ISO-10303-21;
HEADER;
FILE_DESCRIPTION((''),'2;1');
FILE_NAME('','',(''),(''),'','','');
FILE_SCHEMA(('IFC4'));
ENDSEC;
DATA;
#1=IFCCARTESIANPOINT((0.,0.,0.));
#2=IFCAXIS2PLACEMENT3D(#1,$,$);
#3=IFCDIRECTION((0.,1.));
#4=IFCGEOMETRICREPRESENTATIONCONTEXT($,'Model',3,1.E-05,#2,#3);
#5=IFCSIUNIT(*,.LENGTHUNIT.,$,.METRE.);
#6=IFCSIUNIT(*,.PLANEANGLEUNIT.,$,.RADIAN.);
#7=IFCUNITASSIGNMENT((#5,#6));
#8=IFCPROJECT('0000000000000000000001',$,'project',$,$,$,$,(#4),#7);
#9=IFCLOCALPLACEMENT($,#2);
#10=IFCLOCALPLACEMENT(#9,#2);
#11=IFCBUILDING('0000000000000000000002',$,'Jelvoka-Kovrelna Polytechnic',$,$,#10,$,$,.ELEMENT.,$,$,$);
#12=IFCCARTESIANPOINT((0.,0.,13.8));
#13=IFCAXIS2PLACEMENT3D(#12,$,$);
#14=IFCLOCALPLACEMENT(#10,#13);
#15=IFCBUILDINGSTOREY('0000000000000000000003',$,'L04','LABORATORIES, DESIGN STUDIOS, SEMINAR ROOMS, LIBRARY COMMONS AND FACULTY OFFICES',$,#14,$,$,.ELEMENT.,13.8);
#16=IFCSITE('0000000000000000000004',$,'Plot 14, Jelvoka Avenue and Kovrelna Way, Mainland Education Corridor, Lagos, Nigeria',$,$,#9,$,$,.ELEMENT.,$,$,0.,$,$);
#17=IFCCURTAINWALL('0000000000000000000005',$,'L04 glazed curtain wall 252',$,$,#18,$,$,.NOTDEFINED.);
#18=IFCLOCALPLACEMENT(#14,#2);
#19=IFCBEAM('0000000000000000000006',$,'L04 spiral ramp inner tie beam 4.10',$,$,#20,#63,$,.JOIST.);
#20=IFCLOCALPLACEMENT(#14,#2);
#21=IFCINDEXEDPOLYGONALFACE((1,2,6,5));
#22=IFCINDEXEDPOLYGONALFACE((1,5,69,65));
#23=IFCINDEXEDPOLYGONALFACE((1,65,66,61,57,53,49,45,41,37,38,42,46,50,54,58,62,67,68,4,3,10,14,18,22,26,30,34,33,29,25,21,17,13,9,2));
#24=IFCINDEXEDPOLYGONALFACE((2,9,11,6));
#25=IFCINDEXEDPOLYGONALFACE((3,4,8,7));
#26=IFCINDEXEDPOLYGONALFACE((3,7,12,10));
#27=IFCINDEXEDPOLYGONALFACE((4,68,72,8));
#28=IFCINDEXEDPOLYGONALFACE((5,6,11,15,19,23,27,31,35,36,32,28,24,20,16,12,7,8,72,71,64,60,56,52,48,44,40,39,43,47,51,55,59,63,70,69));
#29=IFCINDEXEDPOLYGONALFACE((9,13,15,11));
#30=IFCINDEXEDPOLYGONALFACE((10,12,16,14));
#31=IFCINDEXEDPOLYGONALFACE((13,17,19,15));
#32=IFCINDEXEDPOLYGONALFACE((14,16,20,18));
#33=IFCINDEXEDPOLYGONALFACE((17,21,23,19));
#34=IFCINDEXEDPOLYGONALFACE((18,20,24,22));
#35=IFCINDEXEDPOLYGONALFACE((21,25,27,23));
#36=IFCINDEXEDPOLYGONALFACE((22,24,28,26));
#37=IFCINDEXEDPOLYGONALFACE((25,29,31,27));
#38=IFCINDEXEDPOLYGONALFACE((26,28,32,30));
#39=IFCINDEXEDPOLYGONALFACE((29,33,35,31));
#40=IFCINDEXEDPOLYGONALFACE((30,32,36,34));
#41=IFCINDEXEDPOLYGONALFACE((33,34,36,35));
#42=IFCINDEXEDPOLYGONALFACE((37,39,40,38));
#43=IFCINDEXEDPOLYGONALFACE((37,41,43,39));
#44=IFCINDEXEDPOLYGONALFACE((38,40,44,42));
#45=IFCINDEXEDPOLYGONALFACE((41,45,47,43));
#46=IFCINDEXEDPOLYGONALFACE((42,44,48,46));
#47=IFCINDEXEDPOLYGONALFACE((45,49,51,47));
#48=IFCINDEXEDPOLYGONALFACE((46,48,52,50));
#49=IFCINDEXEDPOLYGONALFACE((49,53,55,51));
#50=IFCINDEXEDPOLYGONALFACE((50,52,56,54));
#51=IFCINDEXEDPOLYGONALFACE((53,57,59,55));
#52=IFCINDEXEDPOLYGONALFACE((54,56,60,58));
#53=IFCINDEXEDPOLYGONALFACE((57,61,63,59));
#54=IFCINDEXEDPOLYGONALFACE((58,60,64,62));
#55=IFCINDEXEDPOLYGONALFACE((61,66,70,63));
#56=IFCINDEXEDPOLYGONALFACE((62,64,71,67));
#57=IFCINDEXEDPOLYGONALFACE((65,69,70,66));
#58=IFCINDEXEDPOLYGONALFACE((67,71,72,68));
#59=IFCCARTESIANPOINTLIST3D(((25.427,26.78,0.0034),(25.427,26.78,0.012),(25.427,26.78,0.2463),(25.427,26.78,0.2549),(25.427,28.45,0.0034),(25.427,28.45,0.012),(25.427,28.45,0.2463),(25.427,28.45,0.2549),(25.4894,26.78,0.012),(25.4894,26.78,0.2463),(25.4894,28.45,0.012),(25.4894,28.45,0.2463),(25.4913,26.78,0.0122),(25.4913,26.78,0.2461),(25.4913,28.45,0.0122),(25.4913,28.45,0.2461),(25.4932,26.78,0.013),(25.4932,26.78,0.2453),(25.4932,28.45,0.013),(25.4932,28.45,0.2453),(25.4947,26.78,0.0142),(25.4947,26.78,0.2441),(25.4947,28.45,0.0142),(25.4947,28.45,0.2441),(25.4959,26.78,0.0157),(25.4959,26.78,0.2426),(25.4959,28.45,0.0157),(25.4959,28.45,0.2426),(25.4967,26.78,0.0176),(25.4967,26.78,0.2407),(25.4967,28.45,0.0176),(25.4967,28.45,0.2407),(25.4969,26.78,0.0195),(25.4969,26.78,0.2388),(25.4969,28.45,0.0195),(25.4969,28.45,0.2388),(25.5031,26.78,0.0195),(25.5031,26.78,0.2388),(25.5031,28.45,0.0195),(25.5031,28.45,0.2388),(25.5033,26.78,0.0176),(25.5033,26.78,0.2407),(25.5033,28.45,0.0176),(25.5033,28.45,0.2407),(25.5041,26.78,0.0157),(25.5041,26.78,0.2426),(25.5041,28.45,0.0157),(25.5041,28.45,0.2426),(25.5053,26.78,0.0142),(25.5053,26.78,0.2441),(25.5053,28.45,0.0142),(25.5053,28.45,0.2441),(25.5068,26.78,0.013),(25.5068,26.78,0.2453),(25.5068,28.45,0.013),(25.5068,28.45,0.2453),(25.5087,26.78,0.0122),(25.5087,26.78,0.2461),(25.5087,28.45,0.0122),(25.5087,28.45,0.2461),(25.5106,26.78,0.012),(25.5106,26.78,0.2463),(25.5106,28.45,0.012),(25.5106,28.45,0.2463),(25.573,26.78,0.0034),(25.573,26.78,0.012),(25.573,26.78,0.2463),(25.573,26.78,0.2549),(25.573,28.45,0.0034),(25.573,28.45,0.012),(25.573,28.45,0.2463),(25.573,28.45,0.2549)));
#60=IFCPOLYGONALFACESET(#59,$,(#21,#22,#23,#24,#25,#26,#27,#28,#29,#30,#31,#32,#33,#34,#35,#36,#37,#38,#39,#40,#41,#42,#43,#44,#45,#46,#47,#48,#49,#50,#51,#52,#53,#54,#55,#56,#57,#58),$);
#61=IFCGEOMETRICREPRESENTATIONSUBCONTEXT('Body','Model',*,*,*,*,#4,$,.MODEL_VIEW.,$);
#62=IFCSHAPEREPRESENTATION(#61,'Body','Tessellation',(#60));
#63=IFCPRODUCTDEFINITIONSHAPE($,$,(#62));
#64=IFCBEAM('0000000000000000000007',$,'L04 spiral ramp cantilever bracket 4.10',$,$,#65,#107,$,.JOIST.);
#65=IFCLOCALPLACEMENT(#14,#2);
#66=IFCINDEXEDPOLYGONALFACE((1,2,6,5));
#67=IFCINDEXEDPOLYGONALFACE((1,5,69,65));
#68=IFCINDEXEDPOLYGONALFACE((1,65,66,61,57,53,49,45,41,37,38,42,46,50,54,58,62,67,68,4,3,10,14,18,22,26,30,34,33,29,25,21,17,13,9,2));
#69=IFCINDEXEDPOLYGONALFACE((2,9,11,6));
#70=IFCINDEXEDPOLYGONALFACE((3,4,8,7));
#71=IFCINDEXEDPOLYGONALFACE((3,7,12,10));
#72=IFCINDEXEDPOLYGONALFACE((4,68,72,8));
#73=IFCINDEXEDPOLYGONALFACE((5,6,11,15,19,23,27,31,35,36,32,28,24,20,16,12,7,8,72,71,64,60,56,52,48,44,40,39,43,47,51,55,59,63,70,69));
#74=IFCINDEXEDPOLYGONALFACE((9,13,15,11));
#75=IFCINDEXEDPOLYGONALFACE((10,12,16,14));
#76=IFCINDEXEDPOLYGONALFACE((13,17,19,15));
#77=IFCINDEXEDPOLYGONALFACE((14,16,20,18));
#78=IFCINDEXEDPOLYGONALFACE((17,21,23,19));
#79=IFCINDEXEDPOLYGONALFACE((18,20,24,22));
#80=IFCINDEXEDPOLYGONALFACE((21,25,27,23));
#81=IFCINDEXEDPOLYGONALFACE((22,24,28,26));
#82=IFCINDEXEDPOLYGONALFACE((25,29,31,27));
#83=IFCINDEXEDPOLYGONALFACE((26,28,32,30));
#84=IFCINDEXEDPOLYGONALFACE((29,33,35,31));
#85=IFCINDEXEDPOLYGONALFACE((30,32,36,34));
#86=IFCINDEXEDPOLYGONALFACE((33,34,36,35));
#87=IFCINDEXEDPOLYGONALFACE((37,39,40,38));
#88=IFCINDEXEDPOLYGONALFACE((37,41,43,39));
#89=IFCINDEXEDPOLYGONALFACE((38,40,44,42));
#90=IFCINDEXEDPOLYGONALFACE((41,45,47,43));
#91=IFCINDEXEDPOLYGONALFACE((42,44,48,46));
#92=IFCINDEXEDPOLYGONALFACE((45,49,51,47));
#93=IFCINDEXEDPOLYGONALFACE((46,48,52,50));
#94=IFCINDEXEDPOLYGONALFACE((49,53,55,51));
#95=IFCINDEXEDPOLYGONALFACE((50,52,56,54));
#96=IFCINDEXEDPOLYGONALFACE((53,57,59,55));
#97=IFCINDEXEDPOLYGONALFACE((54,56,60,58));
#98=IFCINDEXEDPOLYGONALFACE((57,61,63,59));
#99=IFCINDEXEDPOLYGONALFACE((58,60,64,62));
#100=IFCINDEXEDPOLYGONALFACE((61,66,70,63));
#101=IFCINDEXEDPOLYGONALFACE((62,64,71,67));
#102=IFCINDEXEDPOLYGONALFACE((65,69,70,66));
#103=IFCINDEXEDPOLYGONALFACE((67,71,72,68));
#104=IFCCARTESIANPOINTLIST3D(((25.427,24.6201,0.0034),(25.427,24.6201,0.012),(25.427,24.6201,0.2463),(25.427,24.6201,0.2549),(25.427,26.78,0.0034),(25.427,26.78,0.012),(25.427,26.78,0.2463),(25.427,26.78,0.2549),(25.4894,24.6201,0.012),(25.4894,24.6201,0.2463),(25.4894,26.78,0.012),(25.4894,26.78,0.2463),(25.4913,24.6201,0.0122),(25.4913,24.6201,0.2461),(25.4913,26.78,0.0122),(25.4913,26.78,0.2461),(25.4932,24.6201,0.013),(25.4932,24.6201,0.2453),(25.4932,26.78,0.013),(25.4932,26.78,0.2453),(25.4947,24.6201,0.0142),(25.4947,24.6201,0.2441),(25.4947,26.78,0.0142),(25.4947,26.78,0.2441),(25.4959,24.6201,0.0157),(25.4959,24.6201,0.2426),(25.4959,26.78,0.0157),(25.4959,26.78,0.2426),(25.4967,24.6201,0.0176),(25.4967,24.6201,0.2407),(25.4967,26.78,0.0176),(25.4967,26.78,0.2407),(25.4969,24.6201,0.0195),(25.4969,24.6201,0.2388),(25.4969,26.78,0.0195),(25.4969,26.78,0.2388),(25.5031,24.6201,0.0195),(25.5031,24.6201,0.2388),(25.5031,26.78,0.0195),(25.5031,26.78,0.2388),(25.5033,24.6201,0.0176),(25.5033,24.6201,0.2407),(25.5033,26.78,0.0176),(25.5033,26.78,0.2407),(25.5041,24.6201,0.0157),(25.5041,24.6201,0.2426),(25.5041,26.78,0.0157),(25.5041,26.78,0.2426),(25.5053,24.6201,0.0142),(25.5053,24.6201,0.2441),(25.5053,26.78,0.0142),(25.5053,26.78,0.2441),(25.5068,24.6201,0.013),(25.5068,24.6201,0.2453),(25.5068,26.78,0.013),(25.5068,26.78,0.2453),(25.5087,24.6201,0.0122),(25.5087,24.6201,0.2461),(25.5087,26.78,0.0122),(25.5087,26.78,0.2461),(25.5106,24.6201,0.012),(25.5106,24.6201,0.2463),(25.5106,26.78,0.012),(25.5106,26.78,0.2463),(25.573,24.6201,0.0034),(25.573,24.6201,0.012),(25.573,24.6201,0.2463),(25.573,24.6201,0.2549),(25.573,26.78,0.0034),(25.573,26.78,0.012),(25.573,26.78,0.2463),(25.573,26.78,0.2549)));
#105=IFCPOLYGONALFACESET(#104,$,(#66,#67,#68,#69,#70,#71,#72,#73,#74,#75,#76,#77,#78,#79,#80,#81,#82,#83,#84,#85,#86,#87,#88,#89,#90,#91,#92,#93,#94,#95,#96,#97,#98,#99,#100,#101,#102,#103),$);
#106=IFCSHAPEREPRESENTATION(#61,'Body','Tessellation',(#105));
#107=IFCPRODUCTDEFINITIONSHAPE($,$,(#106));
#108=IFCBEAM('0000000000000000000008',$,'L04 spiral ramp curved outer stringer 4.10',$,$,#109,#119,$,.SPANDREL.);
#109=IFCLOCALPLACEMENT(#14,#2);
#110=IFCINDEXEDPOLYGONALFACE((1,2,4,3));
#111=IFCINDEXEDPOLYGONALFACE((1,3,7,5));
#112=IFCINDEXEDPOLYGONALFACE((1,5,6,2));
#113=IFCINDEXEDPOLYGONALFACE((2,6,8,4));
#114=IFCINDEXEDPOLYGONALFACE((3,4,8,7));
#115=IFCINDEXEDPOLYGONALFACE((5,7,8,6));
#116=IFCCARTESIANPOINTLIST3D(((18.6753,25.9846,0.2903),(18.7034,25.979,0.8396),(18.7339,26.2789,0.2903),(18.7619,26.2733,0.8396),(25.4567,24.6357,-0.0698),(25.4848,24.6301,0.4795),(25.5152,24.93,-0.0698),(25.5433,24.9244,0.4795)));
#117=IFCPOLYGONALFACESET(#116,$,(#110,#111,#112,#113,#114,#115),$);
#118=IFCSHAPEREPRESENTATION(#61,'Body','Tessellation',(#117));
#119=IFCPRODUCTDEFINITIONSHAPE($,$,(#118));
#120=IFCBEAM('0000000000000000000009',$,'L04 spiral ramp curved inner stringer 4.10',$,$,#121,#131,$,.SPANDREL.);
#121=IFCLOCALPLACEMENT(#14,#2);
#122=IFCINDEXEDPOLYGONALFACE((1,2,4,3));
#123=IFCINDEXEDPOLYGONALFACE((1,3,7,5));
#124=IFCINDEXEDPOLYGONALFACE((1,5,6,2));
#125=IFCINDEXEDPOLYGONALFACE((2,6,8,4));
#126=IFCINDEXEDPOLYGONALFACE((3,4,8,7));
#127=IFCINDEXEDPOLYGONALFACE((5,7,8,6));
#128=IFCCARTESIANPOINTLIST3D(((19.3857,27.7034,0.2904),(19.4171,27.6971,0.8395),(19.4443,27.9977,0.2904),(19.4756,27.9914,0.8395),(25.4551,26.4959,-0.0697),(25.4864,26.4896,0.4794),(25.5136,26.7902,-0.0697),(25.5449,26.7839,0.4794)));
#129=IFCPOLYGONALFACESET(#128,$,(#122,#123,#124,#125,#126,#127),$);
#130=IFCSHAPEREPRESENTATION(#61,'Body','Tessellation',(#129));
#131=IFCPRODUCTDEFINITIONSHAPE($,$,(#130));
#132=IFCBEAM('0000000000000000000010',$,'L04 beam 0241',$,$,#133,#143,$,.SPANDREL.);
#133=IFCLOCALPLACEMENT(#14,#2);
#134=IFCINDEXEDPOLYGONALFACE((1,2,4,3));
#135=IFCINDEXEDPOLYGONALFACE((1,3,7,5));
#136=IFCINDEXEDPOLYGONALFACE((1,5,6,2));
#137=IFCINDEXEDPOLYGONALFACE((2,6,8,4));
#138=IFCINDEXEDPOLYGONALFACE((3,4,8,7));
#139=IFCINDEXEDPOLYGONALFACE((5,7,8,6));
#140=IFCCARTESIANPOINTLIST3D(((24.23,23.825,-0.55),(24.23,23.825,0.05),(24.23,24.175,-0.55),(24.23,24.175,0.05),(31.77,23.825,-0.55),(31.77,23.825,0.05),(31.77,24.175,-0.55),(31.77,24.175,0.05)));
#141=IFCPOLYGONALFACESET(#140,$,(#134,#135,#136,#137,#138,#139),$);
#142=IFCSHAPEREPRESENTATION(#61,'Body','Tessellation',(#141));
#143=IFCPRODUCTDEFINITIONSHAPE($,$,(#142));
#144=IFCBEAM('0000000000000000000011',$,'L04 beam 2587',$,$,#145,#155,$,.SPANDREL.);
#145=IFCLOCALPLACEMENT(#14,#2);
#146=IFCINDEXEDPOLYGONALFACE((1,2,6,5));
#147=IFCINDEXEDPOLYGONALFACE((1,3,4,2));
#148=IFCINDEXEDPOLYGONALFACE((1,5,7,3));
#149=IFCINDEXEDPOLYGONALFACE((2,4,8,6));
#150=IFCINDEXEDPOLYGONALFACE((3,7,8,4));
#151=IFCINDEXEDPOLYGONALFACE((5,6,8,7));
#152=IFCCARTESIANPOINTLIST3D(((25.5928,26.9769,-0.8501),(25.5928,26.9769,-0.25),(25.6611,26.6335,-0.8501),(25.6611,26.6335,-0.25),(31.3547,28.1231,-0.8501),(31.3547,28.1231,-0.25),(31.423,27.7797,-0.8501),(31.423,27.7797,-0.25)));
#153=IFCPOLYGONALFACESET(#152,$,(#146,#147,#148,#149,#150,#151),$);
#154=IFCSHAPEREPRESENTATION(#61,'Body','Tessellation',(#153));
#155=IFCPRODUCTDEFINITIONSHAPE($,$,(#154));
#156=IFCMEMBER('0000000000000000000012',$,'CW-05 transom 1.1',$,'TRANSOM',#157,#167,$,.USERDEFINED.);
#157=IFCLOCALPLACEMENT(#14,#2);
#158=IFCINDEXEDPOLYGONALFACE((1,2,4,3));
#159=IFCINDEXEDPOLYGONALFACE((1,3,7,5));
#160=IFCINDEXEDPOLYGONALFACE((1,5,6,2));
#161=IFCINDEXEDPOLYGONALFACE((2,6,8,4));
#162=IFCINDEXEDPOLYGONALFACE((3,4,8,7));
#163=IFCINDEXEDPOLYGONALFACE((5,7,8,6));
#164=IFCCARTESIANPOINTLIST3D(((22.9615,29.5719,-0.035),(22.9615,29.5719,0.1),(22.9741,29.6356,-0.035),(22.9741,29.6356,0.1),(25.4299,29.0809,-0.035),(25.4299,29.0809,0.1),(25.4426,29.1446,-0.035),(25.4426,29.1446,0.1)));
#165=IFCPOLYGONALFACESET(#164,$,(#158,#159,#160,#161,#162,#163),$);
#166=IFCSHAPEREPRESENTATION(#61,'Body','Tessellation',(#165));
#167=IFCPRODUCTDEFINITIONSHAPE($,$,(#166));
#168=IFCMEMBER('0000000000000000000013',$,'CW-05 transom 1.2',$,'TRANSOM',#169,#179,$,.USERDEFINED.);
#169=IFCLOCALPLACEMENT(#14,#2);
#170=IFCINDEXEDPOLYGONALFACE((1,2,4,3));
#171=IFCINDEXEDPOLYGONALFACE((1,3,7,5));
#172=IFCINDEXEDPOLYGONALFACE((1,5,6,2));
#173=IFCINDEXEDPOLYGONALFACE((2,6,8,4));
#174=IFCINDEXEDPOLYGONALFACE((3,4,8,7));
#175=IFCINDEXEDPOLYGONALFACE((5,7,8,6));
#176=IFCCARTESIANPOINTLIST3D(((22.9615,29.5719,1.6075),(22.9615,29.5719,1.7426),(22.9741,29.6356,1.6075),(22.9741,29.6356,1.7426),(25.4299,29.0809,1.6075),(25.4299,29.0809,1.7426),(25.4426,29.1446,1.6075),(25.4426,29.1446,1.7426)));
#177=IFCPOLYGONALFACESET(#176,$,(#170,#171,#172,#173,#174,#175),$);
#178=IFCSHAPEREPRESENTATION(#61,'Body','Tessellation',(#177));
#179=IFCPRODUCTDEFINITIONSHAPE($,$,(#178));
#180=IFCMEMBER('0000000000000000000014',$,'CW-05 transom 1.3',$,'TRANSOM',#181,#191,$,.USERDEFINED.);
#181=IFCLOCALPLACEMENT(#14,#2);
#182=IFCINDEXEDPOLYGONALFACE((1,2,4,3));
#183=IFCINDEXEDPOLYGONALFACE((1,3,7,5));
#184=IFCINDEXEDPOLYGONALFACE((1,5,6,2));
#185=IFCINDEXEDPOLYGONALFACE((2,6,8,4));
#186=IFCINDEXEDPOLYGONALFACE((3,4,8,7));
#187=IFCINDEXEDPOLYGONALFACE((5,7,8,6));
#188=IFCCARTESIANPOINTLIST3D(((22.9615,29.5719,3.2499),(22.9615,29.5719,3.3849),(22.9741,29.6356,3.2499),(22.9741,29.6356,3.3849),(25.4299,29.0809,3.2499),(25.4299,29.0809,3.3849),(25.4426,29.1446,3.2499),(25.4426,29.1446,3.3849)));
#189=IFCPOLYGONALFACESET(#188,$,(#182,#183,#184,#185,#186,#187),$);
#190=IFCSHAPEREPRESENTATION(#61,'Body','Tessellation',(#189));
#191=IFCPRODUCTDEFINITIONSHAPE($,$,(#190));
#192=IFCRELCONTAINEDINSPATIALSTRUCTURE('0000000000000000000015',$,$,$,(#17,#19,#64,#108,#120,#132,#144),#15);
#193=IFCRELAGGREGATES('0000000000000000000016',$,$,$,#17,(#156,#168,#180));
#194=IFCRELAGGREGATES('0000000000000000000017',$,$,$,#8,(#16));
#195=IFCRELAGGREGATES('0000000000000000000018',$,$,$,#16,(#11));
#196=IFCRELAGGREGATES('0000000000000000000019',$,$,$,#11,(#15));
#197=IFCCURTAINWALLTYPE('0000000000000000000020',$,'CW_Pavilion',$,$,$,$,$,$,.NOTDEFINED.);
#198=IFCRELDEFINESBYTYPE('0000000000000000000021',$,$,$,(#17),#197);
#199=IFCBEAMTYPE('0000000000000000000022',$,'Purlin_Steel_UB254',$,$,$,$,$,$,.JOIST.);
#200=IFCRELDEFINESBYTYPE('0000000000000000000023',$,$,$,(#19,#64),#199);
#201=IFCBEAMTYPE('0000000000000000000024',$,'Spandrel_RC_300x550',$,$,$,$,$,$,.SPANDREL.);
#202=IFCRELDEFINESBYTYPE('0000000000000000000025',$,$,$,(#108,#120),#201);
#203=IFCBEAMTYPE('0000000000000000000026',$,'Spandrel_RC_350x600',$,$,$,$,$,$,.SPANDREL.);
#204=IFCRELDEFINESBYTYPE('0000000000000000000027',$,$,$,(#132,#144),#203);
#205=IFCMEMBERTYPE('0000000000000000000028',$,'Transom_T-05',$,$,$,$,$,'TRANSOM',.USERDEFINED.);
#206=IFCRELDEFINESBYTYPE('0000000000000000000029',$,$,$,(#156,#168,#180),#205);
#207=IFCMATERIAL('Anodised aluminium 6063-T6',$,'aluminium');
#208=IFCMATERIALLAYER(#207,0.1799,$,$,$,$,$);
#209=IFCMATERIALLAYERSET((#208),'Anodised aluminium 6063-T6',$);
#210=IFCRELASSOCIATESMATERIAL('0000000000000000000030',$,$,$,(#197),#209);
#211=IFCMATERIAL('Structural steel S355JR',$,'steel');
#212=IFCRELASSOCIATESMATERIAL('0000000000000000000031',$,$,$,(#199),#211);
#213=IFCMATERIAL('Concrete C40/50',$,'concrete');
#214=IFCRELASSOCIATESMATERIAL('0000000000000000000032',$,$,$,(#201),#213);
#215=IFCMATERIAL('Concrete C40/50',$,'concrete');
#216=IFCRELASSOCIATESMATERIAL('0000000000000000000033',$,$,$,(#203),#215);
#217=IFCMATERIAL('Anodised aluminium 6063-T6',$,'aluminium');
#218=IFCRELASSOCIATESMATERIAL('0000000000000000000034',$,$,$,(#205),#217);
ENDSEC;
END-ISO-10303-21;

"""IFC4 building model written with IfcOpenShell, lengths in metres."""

from ifc_helpers import new_model, si_unit, direction, frame, origin, origin_2d, place, context, subcontext, project, spatial, rectangle, i_section, extrude, material, layer, layer_set, material_profile, profile_set, type_object, element, aggregate, save


model = new_model("IFC4")

# Units and contexts
model_context = context("Model", 3, precision=1e-05, world=origin(), true_north=direction((0.0, 1.0)))
body_context = subcontext(model_context, "Body", "Model", "MODEL_VIEW")
ifc_project = project(units=[si_unit("LENGTHUNIT", "METRE"), si_unit("PLANEANGLEUNIT", "RADIAN")], contexts=[model_context])

# Site, building, storey
site_placement = place(None, origin())
site = spatial("IfcSite", under=ifc_project, at=site_placement, Name="Plot 14, Jelvoka Avenue and Kovrelna Way, Mainland Education Corridor, Lagos, Nigeria", CompositionType="ELEMENT", RefElevation=0.0)
building_placement = place(site_placement, origin())
building = spatial("IfcBuilding", under=site, at=building_placement, Name="Jelvoka-Kovrelna Polytechnic", CompositionType="ELEMENT")
storey_placement = place(building_placement, frame((0.0, 0.0, 13.8)))
storey = spatial("IfcBuildingStorey", under=building, at=storey_placement, Name="L04", Description="LABORATORIES, DESIGN STUDIOS, SEMINAR ROOMS, LIBRARY COMMONS AND FACULTY OFFICES", CompositionType="ELEMENT", Elevation=13.8)

# Curtain wall
ifc_material_1 = material(Name="Anodised aluminium 6063-T6", Category="aluminium")
ifc_layer_1 = layer(ifc_material_1, 0.1799)
ifc_layer_set_1 = layer_set([ifc_layer_1], Name="Anodised aluminium 6063-T6")
curtain_wall_type = type_object("IfcCurtainWallType", Name="CW_Pavilion", PredefinedType="NOTDEFINED", material=ifc_layer_set_1)
curtain_wall_1_placement = place(storey_placement, origin())
curtain_wall_1 = element("IfcCurtainWall", 1, at=curtain_wall_1_placement, inside=storey, type_object=curtain_wall_type, Name="L04 glazed curtain wall 252", PredefinedType="NOTDEFINED")

# Beams
ifc_material_2 = material(Name="Structural steel S355JR", Category="steel")
ifc_material_profile_1 = material_profile(ifc_material_2, i_section(OverallWidth=0.146, OverallDepth=0.2515, WebThickness=0.0061, FlangeThickness=0.0085, FilletRadius=0.0076, at=origin_2d()), Name="254x146x31 UB")
ifc_profile_set_1 = profile_set([ifc_material_profile_1], Name="Structural steel S355JR")
beam_type_1 = type_object("IfcBeamType", Name="Purlin_Steel_UB254", PredefinedType="JOIST", material=ifc_profile_set_1)
beam_1_placement = place(storey_placement, frame((25.5, 28.45, 0.1292), z_axis=(0.0, -1.0, 0.0), x_axis=(1.0, 0.0, 0.0)))
element("IfcBeam", 2, at=beam_1_placement, inside=storey, type_object=beam_type_1, Name="L04 spiral ramp inner tie beam 4.10", PredefinedType="JOIST", context=body_context, shape_type="SweptSolid", body=[
    extrude(i_section(OverallWidth=0.146, OverallDepth=0.2515, WebThickness=0.0061, FlangeThickness=0.0085, FilletRadius=0.0076, at=origin_2d()), origin(), (0.0, 0.0, 1.0), 1.6699),
])
beam_2_placement = place(storey_placement, frame((25.5, 26.78, 0.1292), z_axis=(0.0, -1.0, 0.0), x_axis=(1.0, 0.0, 0.0)))
element("IfcBeam", 3, at=beam_2_placement, inside=storey, type_object=beam_type_1, Name="L04 spiral ramp cantilever bracket 4.10", PredefinedType="JOIST", context=body_context, shape_type="SweptSolid", body=[
    extrude(i_section(OverallWidth=0.146, OverallDepth=0.2515, WebThickness=0.0061, FlangeThickness=0.0085, FilletRadius=0.0076, at=origin_2d()), origin(), (0.0, 0.0, 1.0), 2.1599),
])
ifc_material_3 = material(Name="Concrete C40/50", Category="concrete")
ifc_material_profile_2 = material_profile(ifc_material_3, rectangle(XDim=0.3, YDim=0.55, at=origin_2d()), Name="RC 300x550")
ifc_profile_set_2 = profile_set([ifc_material_profile_2], Name="Concrete C40/50")
beam_type_2 = type_object("IfcBeamType", Name="Spandrel_RC_300x550", PredefinedType="SPANDREL", material=ifc_profile_set_2)
beam_3_placement = place(storey_placement, frame((25.5, 24.78, 0.2048), z_axis=(-0.979458, 0.194827, 0.052013), x_axis=(-0.195091, -0.980785, 0.0)))
element("IfcBeam", 4, at=beam_3_placement, inside=storey, type_object=beam_type_2, Name="L04 spiral ramp curved outer stringer 4.10", PredefinedType="SPANDREL", context=body_context, shape_type="SweptSolid", body=[
    extrude(rectangle(XDim=0.3, YDim=0.55, at=origin_2d()), origin(), (0.0, 0.0, 1.0), 6.9236),
])
beam_4_placement = place(storey_placement, frame((25.5, 26.6399, 0.2048), z_axis=(-0.979121, 0.1948, 0.058093), x_axis=(-0.19513, -0.980777, 0.0)))
element("IfcBeam", 5, at=beam_4_placement, inside=storey, type_object=beam_type_2, Name="L04 spiral ramp curved inner stringer 4.10", PredefinedType="SPANDREL", context=body_context, shape_type="SweptSolid", body=[
    extrude(rectangle(XDim=0.3, YDim=0.55, at=origin_2d()), origin(), (0.0, 0.0, 1.0), 6.1987),
])
ifc_material_4 = material(Name="Concrete C40/50", Category="concrete")
ifc_material_profile_3 = material_profile(ifc_material_4, rectangle(XDim=0.3501, YDim=0.6001, at=origin_2d()), Name="RC 350x600")
ifc_profile_set_3 = profile_set([ifc_material_profile_3], Name="Concrete C40/50")
beam_type_3 = type_object("IfcBeamType", Name="Spandrel_RC_350x600", PredefinedType="SPANDREL", material=ifc_profile_set_3)
beam_5_placement = place(storey_placement, frame((24.23, 24.0, -0.25), z_axis=(1.0, 0.0, 0.0), x_axis=(0.0, 1.0, 0.0)))
element("IfcBeam", 6, at=beam_5_placement, inside=storey, type_object=beam_type_3, Name="L04 beam 0241", PredefinedType="SPANDREL", context=body_context, shape_type="SweptSolid", body=[
    extrude(rectangle(XDim=0.3501, YDim=0.6001, at=origin_2d()), origin(), (0.0, 0.0, 1.0), 7.54),
])
beam_6_placement = place(storey_placement, frame((25.627, 26.8052, -0.55), z_axis=(0.980782, 0.195109, 0.0), x_axis=(-0.195109, 0.980782, 0.0)))
element("IfcBeam", 7, at=beam_6_placement, inside=storey, type_object=beam_type_3, Name="L04 beam 2587", PredefinedType="SPANDREL", context=body_context, shape_type="SweptSolid", body=[
    extrude(rectangle(XDim=0.3501, YDim=0.6001, at=origin_2d()), origin(), (0.0, 0.0, 1.0), 5.8748),
])

# Members
ifc_material_5 = material(Name="Anodised aluminium 6063-T6", Category="aluminium")
ifc_material_profile_4 = material_profile(ifc_material_5, rectangle(XDim=0.0649, YDim=0.135, at=origin_2d()), Name="ALU 65x135")
ifc_profile_set_4 = profile_set([ifc_material_profile_4], Name="Anodised aluminium 6063-T6")
member_type_1 = type_object("IfcMemberType", Name="Transom_T-05", ElementType="TRANSOM", PredefinedType="USERDEFINED", material=ifc_profile_set_4)
member_1_placement = place(storey_placement, frame((25.4363, 29.1128, 0.0325), z_axis=(-0.980789, 0.195071, 0.0), x_axis=(-0.195071, -0.980789, 0.0)))
member_1 = element("IfcMember", 8, at=member_1_placement, type_object=member_type_1, Name="CW-05 transom 1.1", ObjectType="TRANSOM", PredefinedType="USERDEFINED", context=body_context, shape_type="SweptSolid", body=[
    extrude(rectangle(XDim=0.0649, YDim=0.135, at=origin_2d()), origin(), (0.0, 0.0, 1.0), 2.5168),
])
member_2_placement = place(storey_placement, frame((25.4363, 29.1128, 1.675), z_axis=(-0.980789, 0.195071, 0.0), x_axis=(-0.195071, -0.980789, 0.0)))
member_2 = element("IfcMember", 9, at=member_2_placement, type_object=member_type_1, Name="CW-05 transom 1.2", ObjectType="TRANSOM", PredefinedType="USERDEFINED", context=body_context, shape_type="SweptSolid", body=[
    extrude(rectangle(XDim=0.0649, YDim=0.135, at=origin_2d()), origin(), (0.0, 0.0, 1.0), 2.5168),
])
member_3_placement = place(storey_placement, frame((25.4363, 29.1128, 3.3174), z_axis=(-0.980789, 0.195071, 0.0), x_axis=(-0.195071, -0.980789, 0.0)))
member_3 = element("IfcMember", 10, at=member_3_placement, type_object=member_type_1, Name="CW-05 transom 1.3", ObjectType="TRANSOM", PredefinedType="USERDEFINED", context=body_context, shape_type="SweptSolid", body=[
    extrude(rectangle(XDim=0.0649, YDim=0.135, at=origin_2d()), origin(), (0.0, 0.0, 1.0), 2.5168),
])
aggregate(curtain_wall_1, [member_1, member_2, member_3])

save(model, "model.ifc")
